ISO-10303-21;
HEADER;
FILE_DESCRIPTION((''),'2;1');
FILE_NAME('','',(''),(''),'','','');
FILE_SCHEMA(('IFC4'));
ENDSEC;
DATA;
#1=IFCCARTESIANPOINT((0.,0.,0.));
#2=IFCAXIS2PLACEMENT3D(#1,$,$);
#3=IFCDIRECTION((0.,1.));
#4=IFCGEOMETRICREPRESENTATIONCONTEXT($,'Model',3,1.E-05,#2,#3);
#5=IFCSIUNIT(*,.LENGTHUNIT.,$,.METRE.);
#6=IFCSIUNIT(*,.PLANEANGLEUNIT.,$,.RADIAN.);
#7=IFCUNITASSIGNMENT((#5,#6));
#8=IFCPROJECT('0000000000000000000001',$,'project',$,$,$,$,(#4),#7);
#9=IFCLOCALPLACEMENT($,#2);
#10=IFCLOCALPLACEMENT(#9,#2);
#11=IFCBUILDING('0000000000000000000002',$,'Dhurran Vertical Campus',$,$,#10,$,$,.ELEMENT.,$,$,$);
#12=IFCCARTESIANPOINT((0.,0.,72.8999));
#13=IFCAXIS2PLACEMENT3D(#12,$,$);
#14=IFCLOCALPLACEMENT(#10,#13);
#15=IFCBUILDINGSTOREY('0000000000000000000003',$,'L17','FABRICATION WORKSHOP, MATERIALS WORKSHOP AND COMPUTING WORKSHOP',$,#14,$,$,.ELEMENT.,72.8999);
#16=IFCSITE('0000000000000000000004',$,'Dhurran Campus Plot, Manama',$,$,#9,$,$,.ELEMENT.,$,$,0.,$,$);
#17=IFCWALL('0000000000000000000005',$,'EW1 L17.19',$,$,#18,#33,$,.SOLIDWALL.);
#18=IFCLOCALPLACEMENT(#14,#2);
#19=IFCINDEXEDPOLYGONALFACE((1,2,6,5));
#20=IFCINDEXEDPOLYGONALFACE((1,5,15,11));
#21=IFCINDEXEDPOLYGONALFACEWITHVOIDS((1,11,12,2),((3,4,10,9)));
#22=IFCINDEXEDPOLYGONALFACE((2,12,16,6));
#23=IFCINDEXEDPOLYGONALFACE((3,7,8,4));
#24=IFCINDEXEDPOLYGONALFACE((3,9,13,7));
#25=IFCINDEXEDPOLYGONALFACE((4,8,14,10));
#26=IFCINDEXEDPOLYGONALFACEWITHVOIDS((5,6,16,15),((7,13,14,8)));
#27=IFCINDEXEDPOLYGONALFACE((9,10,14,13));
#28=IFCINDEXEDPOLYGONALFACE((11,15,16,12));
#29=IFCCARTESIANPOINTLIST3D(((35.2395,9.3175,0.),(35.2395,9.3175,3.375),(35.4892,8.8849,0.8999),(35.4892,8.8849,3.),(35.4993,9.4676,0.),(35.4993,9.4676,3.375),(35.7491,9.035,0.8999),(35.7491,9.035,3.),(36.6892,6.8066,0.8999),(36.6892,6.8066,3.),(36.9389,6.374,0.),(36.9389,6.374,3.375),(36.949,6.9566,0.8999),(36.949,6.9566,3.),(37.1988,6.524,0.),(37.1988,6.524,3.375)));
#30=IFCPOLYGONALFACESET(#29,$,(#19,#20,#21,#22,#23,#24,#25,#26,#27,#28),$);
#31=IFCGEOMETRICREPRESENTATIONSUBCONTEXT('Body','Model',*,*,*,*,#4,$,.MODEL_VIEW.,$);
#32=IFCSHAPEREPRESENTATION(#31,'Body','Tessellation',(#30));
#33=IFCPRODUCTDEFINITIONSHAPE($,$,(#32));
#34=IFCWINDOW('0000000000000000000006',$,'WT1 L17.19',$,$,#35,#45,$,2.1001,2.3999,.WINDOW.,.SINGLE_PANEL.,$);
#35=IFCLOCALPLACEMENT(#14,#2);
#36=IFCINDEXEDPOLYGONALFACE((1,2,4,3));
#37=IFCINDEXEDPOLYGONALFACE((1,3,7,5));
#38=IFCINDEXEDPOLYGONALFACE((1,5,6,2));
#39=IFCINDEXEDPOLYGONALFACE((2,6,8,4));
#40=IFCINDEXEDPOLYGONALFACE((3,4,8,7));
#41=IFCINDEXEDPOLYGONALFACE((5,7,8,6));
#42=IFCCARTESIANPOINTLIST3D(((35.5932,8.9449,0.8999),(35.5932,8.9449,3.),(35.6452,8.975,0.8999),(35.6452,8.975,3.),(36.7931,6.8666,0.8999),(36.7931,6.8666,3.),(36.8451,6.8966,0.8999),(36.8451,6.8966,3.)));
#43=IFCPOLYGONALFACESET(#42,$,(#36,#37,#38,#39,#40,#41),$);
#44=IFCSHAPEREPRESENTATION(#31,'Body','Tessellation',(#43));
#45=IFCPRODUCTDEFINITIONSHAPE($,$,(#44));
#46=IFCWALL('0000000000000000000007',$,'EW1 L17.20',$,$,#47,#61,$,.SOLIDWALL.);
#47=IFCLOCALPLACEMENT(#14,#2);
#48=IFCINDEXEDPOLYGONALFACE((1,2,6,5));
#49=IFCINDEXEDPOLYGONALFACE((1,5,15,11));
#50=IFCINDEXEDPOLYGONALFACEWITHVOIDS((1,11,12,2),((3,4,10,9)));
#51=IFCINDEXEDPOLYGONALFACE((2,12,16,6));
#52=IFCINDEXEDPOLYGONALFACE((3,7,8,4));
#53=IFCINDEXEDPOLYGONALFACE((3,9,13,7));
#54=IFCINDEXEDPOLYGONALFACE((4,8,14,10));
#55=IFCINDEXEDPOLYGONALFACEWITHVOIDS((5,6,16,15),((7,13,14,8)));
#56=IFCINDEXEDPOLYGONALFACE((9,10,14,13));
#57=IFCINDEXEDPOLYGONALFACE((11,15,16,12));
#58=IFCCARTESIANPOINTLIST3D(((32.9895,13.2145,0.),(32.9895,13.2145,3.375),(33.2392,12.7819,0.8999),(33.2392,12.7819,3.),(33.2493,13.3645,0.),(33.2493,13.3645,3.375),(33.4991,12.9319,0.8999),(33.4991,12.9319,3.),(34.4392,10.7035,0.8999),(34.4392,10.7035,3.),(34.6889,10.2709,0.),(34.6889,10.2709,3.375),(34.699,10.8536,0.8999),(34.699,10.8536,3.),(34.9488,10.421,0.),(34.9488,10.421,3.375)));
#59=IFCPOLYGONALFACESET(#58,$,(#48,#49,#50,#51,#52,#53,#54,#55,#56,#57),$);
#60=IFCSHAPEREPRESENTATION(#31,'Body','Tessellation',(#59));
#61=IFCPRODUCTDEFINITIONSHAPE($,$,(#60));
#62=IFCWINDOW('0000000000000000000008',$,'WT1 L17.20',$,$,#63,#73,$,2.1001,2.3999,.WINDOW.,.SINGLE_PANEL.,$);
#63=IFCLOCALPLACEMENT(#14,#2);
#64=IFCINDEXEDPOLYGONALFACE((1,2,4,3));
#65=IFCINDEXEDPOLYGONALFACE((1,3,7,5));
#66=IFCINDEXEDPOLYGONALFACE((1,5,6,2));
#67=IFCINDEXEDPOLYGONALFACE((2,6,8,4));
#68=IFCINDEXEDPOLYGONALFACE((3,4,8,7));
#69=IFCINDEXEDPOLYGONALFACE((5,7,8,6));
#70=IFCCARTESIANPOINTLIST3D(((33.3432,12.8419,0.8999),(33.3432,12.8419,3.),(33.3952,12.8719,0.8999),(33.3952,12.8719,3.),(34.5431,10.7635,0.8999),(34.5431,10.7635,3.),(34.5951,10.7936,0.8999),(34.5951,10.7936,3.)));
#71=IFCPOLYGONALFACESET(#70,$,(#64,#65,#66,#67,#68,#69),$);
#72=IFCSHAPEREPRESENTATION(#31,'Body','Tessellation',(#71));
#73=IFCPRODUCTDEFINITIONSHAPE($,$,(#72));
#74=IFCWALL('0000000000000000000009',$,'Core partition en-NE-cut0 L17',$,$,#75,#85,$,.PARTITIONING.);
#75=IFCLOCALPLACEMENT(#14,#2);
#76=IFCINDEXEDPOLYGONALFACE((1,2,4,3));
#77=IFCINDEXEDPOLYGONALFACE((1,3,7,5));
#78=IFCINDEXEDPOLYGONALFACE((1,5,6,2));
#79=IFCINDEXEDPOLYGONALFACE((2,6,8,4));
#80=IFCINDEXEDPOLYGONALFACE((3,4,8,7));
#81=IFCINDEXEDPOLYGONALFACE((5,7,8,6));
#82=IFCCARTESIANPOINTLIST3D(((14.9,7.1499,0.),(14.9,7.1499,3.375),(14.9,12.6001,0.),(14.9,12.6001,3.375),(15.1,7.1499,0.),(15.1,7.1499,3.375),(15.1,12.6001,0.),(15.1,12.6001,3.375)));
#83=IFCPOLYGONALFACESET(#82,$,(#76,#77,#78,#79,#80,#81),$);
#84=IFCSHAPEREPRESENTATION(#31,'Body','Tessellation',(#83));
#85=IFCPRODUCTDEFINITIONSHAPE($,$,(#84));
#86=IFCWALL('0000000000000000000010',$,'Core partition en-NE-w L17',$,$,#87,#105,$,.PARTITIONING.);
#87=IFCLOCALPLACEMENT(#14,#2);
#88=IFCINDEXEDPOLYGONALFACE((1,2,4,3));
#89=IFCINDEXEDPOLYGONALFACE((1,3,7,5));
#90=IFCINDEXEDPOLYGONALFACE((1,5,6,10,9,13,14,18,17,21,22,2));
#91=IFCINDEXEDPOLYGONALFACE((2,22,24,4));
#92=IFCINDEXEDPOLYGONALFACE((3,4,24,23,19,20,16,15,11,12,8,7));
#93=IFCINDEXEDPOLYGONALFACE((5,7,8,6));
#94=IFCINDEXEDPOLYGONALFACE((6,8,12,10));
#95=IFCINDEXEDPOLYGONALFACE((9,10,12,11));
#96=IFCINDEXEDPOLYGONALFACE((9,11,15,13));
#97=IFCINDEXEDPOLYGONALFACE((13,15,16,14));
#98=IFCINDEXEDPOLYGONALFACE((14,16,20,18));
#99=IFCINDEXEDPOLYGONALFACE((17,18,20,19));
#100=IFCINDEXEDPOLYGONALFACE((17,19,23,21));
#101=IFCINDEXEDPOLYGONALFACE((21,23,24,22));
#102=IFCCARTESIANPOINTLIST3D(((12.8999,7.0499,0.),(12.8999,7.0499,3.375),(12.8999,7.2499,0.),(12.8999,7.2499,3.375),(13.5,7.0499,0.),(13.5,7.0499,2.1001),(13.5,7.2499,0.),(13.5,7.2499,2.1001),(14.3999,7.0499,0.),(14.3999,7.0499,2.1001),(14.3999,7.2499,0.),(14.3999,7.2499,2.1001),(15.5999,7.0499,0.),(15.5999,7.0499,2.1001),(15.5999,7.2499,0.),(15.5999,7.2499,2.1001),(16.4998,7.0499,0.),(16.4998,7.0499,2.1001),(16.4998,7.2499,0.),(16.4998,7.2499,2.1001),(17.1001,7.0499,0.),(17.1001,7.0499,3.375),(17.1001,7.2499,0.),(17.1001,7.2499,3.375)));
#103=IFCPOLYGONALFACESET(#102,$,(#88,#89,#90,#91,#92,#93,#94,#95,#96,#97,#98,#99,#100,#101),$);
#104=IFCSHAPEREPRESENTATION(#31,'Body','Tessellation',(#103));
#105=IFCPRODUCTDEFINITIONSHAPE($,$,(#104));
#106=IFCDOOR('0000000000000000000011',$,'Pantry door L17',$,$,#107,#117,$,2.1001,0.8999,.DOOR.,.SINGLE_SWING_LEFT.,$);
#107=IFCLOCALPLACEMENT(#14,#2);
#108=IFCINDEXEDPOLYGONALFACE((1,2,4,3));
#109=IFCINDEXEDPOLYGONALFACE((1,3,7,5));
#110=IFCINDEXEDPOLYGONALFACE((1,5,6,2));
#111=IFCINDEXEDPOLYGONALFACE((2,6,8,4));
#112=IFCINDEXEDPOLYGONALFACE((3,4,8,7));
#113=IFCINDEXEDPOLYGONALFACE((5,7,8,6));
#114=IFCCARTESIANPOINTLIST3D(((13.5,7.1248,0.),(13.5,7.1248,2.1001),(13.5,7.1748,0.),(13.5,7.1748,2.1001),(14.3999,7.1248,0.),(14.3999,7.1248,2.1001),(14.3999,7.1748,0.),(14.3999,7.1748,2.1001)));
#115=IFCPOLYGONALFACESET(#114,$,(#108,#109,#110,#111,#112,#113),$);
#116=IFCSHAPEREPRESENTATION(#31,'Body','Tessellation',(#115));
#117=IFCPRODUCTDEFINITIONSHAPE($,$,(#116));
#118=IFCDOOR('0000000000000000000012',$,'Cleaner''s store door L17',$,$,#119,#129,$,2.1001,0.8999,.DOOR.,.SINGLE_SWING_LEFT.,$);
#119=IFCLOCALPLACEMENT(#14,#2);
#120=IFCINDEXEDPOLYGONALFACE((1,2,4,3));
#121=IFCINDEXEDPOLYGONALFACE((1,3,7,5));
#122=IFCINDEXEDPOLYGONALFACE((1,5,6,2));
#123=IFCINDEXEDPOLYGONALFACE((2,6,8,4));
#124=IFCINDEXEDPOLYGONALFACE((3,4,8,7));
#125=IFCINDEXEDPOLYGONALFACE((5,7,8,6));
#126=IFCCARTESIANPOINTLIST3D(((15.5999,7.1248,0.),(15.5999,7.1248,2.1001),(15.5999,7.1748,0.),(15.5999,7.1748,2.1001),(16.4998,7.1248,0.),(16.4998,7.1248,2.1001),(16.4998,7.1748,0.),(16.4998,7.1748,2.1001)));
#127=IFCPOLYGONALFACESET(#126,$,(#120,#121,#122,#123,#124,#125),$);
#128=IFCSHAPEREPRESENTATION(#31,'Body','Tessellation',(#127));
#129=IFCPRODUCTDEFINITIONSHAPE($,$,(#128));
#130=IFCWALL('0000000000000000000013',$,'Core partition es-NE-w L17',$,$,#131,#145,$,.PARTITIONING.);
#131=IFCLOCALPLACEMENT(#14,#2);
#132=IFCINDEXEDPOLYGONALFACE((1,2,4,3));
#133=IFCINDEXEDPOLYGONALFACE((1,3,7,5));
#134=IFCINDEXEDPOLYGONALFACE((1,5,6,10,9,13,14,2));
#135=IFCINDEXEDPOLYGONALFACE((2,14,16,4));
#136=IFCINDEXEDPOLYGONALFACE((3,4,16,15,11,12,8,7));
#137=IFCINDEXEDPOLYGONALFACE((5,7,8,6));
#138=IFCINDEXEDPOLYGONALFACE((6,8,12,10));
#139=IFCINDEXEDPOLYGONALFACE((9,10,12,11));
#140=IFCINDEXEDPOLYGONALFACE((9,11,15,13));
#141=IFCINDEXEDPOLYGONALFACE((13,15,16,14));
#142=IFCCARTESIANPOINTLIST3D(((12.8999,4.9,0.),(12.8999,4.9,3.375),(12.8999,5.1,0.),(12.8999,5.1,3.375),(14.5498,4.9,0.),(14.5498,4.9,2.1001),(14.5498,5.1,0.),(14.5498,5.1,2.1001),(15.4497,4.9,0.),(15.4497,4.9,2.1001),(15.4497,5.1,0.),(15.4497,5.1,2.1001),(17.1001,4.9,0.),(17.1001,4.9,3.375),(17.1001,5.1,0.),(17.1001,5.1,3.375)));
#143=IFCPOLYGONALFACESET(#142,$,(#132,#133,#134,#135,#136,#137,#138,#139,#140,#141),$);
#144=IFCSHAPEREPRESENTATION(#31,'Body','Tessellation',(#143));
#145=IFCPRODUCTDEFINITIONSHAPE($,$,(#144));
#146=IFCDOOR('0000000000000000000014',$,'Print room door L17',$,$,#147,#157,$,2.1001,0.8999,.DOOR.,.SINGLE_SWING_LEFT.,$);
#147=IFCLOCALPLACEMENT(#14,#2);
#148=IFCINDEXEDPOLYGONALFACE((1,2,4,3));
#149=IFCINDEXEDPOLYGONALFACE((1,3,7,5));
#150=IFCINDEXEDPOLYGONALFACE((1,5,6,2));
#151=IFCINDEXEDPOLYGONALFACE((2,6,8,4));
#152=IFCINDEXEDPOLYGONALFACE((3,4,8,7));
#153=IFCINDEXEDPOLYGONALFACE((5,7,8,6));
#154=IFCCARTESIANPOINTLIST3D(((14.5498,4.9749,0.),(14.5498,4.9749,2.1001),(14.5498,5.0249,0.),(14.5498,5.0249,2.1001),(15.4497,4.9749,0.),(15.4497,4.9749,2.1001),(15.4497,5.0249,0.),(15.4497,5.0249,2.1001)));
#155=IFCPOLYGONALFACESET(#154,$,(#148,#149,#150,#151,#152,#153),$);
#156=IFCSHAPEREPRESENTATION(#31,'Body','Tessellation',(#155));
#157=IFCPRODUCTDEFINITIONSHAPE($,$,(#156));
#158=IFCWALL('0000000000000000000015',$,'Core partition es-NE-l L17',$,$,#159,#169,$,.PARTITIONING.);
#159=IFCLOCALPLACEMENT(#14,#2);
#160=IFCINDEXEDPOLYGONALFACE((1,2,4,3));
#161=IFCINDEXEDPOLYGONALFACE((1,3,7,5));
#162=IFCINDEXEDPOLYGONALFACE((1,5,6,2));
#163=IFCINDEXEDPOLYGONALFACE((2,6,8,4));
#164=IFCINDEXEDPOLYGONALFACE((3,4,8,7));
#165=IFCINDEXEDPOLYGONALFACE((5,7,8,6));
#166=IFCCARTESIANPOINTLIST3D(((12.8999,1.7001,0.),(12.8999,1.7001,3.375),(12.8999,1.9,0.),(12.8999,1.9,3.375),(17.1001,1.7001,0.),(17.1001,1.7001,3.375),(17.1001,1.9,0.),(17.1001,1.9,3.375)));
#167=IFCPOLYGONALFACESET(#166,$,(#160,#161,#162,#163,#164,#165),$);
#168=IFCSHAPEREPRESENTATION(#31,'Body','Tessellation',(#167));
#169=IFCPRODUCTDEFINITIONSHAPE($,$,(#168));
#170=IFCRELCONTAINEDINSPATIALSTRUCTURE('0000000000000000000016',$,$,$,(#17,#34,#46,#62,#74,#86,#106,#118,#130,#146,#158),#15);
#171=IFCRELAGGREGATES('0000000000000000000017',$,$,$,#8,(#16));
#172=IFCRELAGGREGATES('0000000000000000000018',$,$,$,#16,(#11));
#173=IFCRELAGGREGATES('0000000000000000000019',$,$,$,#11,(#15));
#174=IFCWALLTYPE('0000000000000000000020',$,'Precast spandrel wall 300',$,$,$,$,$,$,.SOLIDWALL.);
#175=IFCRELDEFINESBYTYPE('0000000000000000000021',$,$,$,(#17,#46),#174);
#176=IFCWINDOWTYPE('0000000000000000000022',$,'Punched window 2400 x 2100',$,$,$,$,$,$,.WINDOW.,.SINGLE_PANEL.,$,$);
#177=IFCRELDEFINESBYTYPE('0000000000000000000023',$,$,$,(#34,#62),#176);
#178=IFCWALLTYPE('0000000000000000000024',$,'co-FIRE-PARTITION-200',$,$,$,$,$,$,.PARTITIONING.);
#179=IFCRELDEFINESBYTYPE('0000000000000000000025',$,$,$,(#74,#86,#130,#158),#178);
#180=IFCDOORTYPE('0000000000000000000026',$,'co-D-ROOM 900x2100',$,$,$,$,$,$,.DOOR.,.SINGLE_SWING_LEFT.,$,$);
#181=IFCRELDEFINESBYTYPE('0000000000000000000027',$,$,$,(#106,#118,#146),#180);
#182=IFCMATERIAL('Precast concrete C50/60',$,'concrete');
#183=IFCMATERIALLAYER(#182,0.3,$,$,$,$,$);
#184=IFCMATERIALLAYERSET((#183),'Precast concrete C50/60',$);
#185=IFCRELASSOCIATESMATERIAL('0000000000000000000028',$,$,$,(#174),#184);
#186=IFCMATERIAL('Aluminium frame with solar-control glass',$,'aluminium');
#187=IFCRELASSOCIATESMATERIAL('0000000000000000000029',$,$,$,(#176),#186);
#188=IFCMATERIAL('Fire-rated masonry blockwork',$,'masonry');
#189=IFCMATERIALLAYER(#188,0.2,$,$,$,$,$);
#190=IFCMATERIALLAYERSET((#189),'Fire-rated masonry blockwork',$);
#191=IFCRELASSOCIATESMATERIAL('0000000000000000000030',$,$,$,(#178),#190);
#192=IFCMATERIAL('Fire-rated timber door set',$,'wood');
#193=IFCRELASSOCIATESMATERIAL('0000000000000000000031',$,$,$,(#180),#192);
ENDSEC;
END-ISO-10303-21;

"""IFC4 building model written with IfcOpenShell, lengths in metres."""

from ifc_helpers import new_model, si_unit, direction, frame, frame_2d, origin, place, context, subcontext, project, spatial, rectangle, extrude, material, layer, layer_set, type_object, element, fill, save


model = new_model("IFC4")

# Units and contexts
model_context = context("Model", 3, precision=1e-05, world=origin(), true_north=direction((0.0, 1.0)))
body_context = subcontext(model_context, "Body", "Model", "MODEL_VIEW")
ifc_project = project(units=[si_unit("LENGTHUNIT", "METRE"), si_unit("PLANEANGLEUNIT", "RADIAN")], contexts=[model_context])

# Site, building, storey
site_placement = place(None, origin())
site = spatial("IfcSite", under=ifc_project, at=site_placement, Name="Dhurran Campus Plot, Manama", CompositionType="ELEMENT", RefElevation=0.0)
building_placement = place(site_placement, origin())
building = spatial("IfcBuilding", under=site, at=building_placement, Name="Dhurran Vertical Campus", CompositionType="ELEMENT")
storey_placement = place(building_placement, frame((0.0, 0.0, 72.8999)))
storey = spatial("IfcBuildingStorey", under=building, at=storey_placement, Name="L17", Description="FABRICATION WORKSHOP, MATERIALS WORKSHOP AND COMPUTING WORKSHOP", CompositionType="ELEMENT", Elevation=72.8999)

# Walls, openings, windows
ifc_material_1 = material(Name="Precast concrete C50/60", Category="concrete")
ifc_layer_1 = layer(ifc_material_1, 0.3)
ifc_layer_set_1 = layer_set([ifc_layer_1], Name="Precast concrete C50/60")
wall_type_1 = type_object("IfcWallType", Name="Precast spandrel wall 300", PredefinedType="SOLIDWALL", material=ifc_layer_set_1)
ifc_material_2 = material(Name="Aluminium frame with solar-control glass", Category="aluminium")
window_type = type_object("IfcWindowType", Name="Punched window 2400 x 2100", PartitioningType="SINGLE_PANEL", PredefinedType="WINDOW", material=ifc_material_2)
wall_1_placement = place(storey_placement, frame((37.0688, 6.449, 0.0), z_axis=(0.0, 0.0, 1.0), x_axis=(-0.499994, 0.866029, 0.0)))
wall_1 = element("IfcWall", 1, at=wall_1_placement, inside=storey, type_object=wall_type_1, Name="EW1 L17.19", PredefinedType="SOLIDWALL", context=body_context, shape_type="SweptSolid", body=[
    extrude(rectangle(XDim=3.3989, YDim=0.3, at=frame_2d((1.6995, 0.0))), origin(), (0.0, 0.0, 1.0), 3.375),
])
opening_1_placement = place(wall_1_placement, frame((0.4995, 0.0, 0.8999)))
opening_1 = element("IfcOpeningElement", 2, at=opening_1_placement, cuts=wall_1, PredefinedType="OPENING", context=body_context, shape_type="SweptSolid", body=[
    extrude(rectangle(XDim=2.3999, YDim=2.1001, at=frame_2d((1.2, 1.05))), frame((0.0, 0.1599, 0.0), z_axis=(0.0, -1.0, 0.0), x_axis=(1.0, 0.0, 0.0)), (0.0, 0.0, 1.0), 0.3201),
])
window_1_placement = place(opening_1_placement, origin())
window_1 = element("IfcWindow", 3, at=window_1_placement, inside=storey, type_object=window_type, Name="WT1 L17.19", OverallHeight=2.1001, OverallWidth=2.3999, PartitioningType="SINGLE_PANEL", PredefinedType="WINDOW", context=body_context, shape_type="SweptSolid", body=[
    extrude(rectangle(XDim=2.3999, YDim=2.1001, at=frame_2d((1.2, 1.05))), frame((0.0, 0.03, 0.0), z_axis=(0.0, -1.0, 0.0), x_axis=(1.0, 0.0, 0.0)), (0.0, 0.0, 1.0), 0.0601),
])
fill(opening_1, window_1)
wall_2_placement = place(storey_placement, frame((34.8188, 10.3459, 0.0), z_axis=(0.0, 0.0, 1.0), x_axis=(-0.499994, 0.866029, 0.0)))
wall_2 = element("IfcWall", 4, at=wall_2_placement, inside=storey, type_object=wall_type_1, Name="EW1 L17.20", PredefinedType="SOLIDWALL", context=body_context, shape_type="SweptSolid", body=[
    extrude(rectangle(XDim=3.3989, YDim=0.3, at=frame_2d((1.6995, 0.0))), origin(), (0.0, 0.0, 1.0), 3.375),
])
opening_2_placement = place(wall_2_placement, frame((0.4995, 0.0, 0.8999)))
opening_2 = element("IfcOpeningElement", 5, at=opening_2_placement, cuts=wall_2, PredefinedType="OPENING", context=body_context, shape_type="SweptSolid", body=[
    extrude(rectangle(XDim=2.3999, YDim=2.1001, at=frame_2d((1.2, 1.05))), frame((0.0, 0.1599, 0.0), z_axis=(0.0, -1.0, 0.0), x_axis=(1.0, 0.0, 0.0)), (0.0, 0.0, 1.0), 0.3201),
])
window_2_placement = place(opening_2_placement, origin())
window_2 = element("IfcWindow", 6, at=window_2_placement, inside=storey, type_object=window_type, Name="WT1 L17.20", OverallHeight=2.1001, OverallWidth=2.3999, PartitioningType="SINGLE_PANEL", PredefinedType="WINDOW", context=body_context, shape_type="SweptSolid", body=[
    extrude(rectangle(XDim=2.3999, YDim=2.1001, at=frame_2d((1.2, 1.05))), frame((0.0, 0.03, 0.0), z_axis=(0.0, -1.0, 0.0), x_axis=(1.0, 0.0, 0.0)), (0.0, 0.0, 1.0), 0.0601),
])
fill(opening_2, window_2)

# Wall
ifc_material_3 = material(Name="Fire-rated masonry blockwork", Category="masonry")
ifc_layer_2 = layer(ifc_material_3, 0.2)
ifc_layer_set_2 = layer_set([ifc_layer_2], Name="Fire-rated masonry blockwork")
wall_type_2 = type_object("IfcWallType", Name="co-FIRE-PARTITION-200", PredefinedType="PARTITIONING", material=ifc_layer_set_2)
wall_3_placement = place(storey_placement, frame((15.0, 7.1499, 0.0), z_axis=(0.0, 0.0, 1.0), x_axis=(0.0, 1.0, 0.0)))
element("IfcWall", 7, at=wall_3_placement, inside=storey, type_object=wall_type_2, Name="Core partition en-NE-cut0 L17", PredefinedType="PARTITIONING", context=body_context, shape_type="SweptSolid", body=[
    extrude(rectangle(XDim=5.4502, YDim=0.2, at=frame_2d((2.7251, 0.0))), origin(), (0.0, 0.0, 1.0), 3.375),
])

# Wall, openings, doors
wall_4_placement = place(storey_placement, frame((12.8999, 7.1499, 0.0), z_axis=(0.0, 0.0, 1.0), x_axis=(1.0, 0.0, 0.0)))
wall_4 = element("IfcWall", 8, at=wall_4_placement, inside=storey, type_object=wall_type_2, Name="Core partition en-NE-w L17", PredefinedType="PARTITIONING", context=body_context, shape_type="SweptSolid", body=[
    extrude(rectangle(XDim=4.2002, YDim=0.2, at=frame_2d((2.1001, 0.0))), origin(), (0.0, 0.0, 1.0), 3.375),
])
opening_3_placement = place(wall_4_placement, frame((0.6001, 0.0, 0.0)))
opening_3 = element("IfcOpeningElement", 9, at=opening_3_placement, cuts=wall_4, PredefinedType="OPENING", context=body_context, shape_type="SweptSolid", body=[
    extrude(rectangle(XDim=0.8999, YDim=2.1001, at=frame_2d((0.45, 1.05))), frame((0.0, 0.1099, 0.0), z_axis=(0.0, -1.0, 0.0), x_axis=(1.0, 0.0, 0.0)), (0.0, 0.0, 1.0), 0.22),
])
opening_4_placement = place(wall_4_placement, frame((2.7, 0.0, 0.0)))
opening_4 = element("IfcOpeningElement", 10, at=opening_4_placement, cuts=wall_4, PredefinedType="OPENING", context=body_context, shape_type="SweptSolid", body=[
    extrude(rectangle(XDim=0.8999, YDim=2.1001, at=frame_2d((0.45, 1.05))), frame((0.0, 0.1099, 0.0), z_axis=(0.0, -1.0, 0.0), x_axis=(1.0, 0.0, 0.0)), (0.0, 0.0, 1.0), 0.22),
])
ifc_material_4 = material(Name="Fire-rated timber door set", Category="wood")
door_type_1 = type_object("IfcDoorType", Name="co-D-ROOM 900x2100", OperationType="SINGLE_SWING_LEFT", PredefinedType="DOOR", material=ifc_material_4)
door_1_placement = place(opening_3_placement, origin())
door_1 = element("IfcDoor", 11, at=door_1_placement, inside=storey, type_object=door_type_1, Name="Pantry door L17", OperationType="SINGLE_SWING_LEFT", OverallHeight=2.1001, OverallWidth=0.8999, PredefinedType="DOOR", context=body_context, shape_type="SweptSolid", body=[
    extrude(rectangle(XDim=0.8999, YDim=2.1001, at=frame_2d((0.45, 1.05))), frame((0.0, 0.0249, 0.0), z_axis=(0.0, -1.0, 0.0), x_axis=(1.0, 0.0, 0.0)), (0.0, 0.0, 1.0), 0.05),
])
fill(opening_3, door_1)
door_2_placement = place(opening_4_placement, origin())
door_2 = element("IfcDoor", 12, at=door_2_placement, inside=storey, type_object=door_type_1, Name="Cleaner's store door L17", OperationType="SINGLE_SWING_LEFT", OverallHeight=2.1001, OverallWidth=0.8999, PredefinedType="DOOR", context=body_context, shape_type="SweptSolid", body=[
    extrude(rectangle(XDim=0.8999, YDim=2.1001, at=frame_2d((0.45, 1.05))), frame((0.0, 0.0249, 0.0), z_axis=(0.0, -1.0, 0.0), x_axis=(1.0, 0.0, 0.0)), (0.0, 0.0, 1.0), 0.05),
])
fill(opening_4, door_2)

# Wall, opening, door
wall_5_placement = place(storey_placement, frame((12.8999, 5.0, 0.0), z_axis=(0.0, 0.0, 1.0), x_axis=(1.0, 0.0, 0.0)))
wall_5 = element("IfcWall", 13, at=wall_5_placement, inside=storey, type_object=wall_type_2, Name="Core partition es-NE-w L17", PredefinedType="PARTITIONING", context=body_context, shape_type="SweptSolid", body=[
    extrude(rectangle(XDim=4.2002, YDim=0.2, at=frame_2d((2.1001, 0.0))), origin(), (0.0, 0.0, 1.0), 3.375),
])
opening_5_placement = place(wall_5_placement, frame((1.6499, 0.0, 0.0)))
opening_5 = element("IfcOpeningElement", 14, at=opening_5_placement, cuts=wall_5, PredefinedType="OPENING", context=body_context, shape_type="SweptSolid", body=[
    extrude(rectangle(XDim=0.8999, YDim=2.1001, at=frame_2d((0.45, 1.05))), frame((0.0, 0.1099, 0.0), z_axis=(0.0, -1.0, 0.0), x_axis=(1.0, 0.0, 0.0)), (0.0, 0.0, 1.0), 0.22),
])
door_3_placement = place(opening_5_placement, origin())
door_3 = element("IfcDoor", 15, at=door_3_placement, inside=storey, type_object=door_type_1, Name="Print room door L17", OperationType="SINGLE_SWING_LEFT", OverallHeight=2.1001, OverallWidth=0.8999, PredefinedType="DOOR", context=body_context, shape_type="SweptSolid", body=[
    extrude(rectangle(XDim=0.8999, YDim=2.1001, at=frame_2d((0.45, 1.05))), frame((0.0, 0.0249, 0.0), z_axis=(0.0, -1.0, 0.0), x_axis=(1.0, 0.0, 0.0)), (0.0, 0.0, 1.0), 0.05),
])
fill(opening_5, door_3)

# Wall
wall_6_placement = place(storey_placement, frame((12.8999, 1.8, 0.0), z_axis=(0.0, 0.0, 1.0), x_axis=(1.0, 0.0, 0.0)))
element("IfcWall", 16, at=wall_6_placement, inside=storey, type_object=wall_type_2, Name="Core partition es-NE-l L17", PredefinedType="PARTITIONING", context=body_context, shape_type="SweptSolid", body=[
    extrude(rectangle(XDim=4.2002, YDim=0.2, at=frame_2d((2.1001, 0.0))), origin(), (0.0, 0.0, 1.0), 3.375),
])

save(model, "model.ifc")
